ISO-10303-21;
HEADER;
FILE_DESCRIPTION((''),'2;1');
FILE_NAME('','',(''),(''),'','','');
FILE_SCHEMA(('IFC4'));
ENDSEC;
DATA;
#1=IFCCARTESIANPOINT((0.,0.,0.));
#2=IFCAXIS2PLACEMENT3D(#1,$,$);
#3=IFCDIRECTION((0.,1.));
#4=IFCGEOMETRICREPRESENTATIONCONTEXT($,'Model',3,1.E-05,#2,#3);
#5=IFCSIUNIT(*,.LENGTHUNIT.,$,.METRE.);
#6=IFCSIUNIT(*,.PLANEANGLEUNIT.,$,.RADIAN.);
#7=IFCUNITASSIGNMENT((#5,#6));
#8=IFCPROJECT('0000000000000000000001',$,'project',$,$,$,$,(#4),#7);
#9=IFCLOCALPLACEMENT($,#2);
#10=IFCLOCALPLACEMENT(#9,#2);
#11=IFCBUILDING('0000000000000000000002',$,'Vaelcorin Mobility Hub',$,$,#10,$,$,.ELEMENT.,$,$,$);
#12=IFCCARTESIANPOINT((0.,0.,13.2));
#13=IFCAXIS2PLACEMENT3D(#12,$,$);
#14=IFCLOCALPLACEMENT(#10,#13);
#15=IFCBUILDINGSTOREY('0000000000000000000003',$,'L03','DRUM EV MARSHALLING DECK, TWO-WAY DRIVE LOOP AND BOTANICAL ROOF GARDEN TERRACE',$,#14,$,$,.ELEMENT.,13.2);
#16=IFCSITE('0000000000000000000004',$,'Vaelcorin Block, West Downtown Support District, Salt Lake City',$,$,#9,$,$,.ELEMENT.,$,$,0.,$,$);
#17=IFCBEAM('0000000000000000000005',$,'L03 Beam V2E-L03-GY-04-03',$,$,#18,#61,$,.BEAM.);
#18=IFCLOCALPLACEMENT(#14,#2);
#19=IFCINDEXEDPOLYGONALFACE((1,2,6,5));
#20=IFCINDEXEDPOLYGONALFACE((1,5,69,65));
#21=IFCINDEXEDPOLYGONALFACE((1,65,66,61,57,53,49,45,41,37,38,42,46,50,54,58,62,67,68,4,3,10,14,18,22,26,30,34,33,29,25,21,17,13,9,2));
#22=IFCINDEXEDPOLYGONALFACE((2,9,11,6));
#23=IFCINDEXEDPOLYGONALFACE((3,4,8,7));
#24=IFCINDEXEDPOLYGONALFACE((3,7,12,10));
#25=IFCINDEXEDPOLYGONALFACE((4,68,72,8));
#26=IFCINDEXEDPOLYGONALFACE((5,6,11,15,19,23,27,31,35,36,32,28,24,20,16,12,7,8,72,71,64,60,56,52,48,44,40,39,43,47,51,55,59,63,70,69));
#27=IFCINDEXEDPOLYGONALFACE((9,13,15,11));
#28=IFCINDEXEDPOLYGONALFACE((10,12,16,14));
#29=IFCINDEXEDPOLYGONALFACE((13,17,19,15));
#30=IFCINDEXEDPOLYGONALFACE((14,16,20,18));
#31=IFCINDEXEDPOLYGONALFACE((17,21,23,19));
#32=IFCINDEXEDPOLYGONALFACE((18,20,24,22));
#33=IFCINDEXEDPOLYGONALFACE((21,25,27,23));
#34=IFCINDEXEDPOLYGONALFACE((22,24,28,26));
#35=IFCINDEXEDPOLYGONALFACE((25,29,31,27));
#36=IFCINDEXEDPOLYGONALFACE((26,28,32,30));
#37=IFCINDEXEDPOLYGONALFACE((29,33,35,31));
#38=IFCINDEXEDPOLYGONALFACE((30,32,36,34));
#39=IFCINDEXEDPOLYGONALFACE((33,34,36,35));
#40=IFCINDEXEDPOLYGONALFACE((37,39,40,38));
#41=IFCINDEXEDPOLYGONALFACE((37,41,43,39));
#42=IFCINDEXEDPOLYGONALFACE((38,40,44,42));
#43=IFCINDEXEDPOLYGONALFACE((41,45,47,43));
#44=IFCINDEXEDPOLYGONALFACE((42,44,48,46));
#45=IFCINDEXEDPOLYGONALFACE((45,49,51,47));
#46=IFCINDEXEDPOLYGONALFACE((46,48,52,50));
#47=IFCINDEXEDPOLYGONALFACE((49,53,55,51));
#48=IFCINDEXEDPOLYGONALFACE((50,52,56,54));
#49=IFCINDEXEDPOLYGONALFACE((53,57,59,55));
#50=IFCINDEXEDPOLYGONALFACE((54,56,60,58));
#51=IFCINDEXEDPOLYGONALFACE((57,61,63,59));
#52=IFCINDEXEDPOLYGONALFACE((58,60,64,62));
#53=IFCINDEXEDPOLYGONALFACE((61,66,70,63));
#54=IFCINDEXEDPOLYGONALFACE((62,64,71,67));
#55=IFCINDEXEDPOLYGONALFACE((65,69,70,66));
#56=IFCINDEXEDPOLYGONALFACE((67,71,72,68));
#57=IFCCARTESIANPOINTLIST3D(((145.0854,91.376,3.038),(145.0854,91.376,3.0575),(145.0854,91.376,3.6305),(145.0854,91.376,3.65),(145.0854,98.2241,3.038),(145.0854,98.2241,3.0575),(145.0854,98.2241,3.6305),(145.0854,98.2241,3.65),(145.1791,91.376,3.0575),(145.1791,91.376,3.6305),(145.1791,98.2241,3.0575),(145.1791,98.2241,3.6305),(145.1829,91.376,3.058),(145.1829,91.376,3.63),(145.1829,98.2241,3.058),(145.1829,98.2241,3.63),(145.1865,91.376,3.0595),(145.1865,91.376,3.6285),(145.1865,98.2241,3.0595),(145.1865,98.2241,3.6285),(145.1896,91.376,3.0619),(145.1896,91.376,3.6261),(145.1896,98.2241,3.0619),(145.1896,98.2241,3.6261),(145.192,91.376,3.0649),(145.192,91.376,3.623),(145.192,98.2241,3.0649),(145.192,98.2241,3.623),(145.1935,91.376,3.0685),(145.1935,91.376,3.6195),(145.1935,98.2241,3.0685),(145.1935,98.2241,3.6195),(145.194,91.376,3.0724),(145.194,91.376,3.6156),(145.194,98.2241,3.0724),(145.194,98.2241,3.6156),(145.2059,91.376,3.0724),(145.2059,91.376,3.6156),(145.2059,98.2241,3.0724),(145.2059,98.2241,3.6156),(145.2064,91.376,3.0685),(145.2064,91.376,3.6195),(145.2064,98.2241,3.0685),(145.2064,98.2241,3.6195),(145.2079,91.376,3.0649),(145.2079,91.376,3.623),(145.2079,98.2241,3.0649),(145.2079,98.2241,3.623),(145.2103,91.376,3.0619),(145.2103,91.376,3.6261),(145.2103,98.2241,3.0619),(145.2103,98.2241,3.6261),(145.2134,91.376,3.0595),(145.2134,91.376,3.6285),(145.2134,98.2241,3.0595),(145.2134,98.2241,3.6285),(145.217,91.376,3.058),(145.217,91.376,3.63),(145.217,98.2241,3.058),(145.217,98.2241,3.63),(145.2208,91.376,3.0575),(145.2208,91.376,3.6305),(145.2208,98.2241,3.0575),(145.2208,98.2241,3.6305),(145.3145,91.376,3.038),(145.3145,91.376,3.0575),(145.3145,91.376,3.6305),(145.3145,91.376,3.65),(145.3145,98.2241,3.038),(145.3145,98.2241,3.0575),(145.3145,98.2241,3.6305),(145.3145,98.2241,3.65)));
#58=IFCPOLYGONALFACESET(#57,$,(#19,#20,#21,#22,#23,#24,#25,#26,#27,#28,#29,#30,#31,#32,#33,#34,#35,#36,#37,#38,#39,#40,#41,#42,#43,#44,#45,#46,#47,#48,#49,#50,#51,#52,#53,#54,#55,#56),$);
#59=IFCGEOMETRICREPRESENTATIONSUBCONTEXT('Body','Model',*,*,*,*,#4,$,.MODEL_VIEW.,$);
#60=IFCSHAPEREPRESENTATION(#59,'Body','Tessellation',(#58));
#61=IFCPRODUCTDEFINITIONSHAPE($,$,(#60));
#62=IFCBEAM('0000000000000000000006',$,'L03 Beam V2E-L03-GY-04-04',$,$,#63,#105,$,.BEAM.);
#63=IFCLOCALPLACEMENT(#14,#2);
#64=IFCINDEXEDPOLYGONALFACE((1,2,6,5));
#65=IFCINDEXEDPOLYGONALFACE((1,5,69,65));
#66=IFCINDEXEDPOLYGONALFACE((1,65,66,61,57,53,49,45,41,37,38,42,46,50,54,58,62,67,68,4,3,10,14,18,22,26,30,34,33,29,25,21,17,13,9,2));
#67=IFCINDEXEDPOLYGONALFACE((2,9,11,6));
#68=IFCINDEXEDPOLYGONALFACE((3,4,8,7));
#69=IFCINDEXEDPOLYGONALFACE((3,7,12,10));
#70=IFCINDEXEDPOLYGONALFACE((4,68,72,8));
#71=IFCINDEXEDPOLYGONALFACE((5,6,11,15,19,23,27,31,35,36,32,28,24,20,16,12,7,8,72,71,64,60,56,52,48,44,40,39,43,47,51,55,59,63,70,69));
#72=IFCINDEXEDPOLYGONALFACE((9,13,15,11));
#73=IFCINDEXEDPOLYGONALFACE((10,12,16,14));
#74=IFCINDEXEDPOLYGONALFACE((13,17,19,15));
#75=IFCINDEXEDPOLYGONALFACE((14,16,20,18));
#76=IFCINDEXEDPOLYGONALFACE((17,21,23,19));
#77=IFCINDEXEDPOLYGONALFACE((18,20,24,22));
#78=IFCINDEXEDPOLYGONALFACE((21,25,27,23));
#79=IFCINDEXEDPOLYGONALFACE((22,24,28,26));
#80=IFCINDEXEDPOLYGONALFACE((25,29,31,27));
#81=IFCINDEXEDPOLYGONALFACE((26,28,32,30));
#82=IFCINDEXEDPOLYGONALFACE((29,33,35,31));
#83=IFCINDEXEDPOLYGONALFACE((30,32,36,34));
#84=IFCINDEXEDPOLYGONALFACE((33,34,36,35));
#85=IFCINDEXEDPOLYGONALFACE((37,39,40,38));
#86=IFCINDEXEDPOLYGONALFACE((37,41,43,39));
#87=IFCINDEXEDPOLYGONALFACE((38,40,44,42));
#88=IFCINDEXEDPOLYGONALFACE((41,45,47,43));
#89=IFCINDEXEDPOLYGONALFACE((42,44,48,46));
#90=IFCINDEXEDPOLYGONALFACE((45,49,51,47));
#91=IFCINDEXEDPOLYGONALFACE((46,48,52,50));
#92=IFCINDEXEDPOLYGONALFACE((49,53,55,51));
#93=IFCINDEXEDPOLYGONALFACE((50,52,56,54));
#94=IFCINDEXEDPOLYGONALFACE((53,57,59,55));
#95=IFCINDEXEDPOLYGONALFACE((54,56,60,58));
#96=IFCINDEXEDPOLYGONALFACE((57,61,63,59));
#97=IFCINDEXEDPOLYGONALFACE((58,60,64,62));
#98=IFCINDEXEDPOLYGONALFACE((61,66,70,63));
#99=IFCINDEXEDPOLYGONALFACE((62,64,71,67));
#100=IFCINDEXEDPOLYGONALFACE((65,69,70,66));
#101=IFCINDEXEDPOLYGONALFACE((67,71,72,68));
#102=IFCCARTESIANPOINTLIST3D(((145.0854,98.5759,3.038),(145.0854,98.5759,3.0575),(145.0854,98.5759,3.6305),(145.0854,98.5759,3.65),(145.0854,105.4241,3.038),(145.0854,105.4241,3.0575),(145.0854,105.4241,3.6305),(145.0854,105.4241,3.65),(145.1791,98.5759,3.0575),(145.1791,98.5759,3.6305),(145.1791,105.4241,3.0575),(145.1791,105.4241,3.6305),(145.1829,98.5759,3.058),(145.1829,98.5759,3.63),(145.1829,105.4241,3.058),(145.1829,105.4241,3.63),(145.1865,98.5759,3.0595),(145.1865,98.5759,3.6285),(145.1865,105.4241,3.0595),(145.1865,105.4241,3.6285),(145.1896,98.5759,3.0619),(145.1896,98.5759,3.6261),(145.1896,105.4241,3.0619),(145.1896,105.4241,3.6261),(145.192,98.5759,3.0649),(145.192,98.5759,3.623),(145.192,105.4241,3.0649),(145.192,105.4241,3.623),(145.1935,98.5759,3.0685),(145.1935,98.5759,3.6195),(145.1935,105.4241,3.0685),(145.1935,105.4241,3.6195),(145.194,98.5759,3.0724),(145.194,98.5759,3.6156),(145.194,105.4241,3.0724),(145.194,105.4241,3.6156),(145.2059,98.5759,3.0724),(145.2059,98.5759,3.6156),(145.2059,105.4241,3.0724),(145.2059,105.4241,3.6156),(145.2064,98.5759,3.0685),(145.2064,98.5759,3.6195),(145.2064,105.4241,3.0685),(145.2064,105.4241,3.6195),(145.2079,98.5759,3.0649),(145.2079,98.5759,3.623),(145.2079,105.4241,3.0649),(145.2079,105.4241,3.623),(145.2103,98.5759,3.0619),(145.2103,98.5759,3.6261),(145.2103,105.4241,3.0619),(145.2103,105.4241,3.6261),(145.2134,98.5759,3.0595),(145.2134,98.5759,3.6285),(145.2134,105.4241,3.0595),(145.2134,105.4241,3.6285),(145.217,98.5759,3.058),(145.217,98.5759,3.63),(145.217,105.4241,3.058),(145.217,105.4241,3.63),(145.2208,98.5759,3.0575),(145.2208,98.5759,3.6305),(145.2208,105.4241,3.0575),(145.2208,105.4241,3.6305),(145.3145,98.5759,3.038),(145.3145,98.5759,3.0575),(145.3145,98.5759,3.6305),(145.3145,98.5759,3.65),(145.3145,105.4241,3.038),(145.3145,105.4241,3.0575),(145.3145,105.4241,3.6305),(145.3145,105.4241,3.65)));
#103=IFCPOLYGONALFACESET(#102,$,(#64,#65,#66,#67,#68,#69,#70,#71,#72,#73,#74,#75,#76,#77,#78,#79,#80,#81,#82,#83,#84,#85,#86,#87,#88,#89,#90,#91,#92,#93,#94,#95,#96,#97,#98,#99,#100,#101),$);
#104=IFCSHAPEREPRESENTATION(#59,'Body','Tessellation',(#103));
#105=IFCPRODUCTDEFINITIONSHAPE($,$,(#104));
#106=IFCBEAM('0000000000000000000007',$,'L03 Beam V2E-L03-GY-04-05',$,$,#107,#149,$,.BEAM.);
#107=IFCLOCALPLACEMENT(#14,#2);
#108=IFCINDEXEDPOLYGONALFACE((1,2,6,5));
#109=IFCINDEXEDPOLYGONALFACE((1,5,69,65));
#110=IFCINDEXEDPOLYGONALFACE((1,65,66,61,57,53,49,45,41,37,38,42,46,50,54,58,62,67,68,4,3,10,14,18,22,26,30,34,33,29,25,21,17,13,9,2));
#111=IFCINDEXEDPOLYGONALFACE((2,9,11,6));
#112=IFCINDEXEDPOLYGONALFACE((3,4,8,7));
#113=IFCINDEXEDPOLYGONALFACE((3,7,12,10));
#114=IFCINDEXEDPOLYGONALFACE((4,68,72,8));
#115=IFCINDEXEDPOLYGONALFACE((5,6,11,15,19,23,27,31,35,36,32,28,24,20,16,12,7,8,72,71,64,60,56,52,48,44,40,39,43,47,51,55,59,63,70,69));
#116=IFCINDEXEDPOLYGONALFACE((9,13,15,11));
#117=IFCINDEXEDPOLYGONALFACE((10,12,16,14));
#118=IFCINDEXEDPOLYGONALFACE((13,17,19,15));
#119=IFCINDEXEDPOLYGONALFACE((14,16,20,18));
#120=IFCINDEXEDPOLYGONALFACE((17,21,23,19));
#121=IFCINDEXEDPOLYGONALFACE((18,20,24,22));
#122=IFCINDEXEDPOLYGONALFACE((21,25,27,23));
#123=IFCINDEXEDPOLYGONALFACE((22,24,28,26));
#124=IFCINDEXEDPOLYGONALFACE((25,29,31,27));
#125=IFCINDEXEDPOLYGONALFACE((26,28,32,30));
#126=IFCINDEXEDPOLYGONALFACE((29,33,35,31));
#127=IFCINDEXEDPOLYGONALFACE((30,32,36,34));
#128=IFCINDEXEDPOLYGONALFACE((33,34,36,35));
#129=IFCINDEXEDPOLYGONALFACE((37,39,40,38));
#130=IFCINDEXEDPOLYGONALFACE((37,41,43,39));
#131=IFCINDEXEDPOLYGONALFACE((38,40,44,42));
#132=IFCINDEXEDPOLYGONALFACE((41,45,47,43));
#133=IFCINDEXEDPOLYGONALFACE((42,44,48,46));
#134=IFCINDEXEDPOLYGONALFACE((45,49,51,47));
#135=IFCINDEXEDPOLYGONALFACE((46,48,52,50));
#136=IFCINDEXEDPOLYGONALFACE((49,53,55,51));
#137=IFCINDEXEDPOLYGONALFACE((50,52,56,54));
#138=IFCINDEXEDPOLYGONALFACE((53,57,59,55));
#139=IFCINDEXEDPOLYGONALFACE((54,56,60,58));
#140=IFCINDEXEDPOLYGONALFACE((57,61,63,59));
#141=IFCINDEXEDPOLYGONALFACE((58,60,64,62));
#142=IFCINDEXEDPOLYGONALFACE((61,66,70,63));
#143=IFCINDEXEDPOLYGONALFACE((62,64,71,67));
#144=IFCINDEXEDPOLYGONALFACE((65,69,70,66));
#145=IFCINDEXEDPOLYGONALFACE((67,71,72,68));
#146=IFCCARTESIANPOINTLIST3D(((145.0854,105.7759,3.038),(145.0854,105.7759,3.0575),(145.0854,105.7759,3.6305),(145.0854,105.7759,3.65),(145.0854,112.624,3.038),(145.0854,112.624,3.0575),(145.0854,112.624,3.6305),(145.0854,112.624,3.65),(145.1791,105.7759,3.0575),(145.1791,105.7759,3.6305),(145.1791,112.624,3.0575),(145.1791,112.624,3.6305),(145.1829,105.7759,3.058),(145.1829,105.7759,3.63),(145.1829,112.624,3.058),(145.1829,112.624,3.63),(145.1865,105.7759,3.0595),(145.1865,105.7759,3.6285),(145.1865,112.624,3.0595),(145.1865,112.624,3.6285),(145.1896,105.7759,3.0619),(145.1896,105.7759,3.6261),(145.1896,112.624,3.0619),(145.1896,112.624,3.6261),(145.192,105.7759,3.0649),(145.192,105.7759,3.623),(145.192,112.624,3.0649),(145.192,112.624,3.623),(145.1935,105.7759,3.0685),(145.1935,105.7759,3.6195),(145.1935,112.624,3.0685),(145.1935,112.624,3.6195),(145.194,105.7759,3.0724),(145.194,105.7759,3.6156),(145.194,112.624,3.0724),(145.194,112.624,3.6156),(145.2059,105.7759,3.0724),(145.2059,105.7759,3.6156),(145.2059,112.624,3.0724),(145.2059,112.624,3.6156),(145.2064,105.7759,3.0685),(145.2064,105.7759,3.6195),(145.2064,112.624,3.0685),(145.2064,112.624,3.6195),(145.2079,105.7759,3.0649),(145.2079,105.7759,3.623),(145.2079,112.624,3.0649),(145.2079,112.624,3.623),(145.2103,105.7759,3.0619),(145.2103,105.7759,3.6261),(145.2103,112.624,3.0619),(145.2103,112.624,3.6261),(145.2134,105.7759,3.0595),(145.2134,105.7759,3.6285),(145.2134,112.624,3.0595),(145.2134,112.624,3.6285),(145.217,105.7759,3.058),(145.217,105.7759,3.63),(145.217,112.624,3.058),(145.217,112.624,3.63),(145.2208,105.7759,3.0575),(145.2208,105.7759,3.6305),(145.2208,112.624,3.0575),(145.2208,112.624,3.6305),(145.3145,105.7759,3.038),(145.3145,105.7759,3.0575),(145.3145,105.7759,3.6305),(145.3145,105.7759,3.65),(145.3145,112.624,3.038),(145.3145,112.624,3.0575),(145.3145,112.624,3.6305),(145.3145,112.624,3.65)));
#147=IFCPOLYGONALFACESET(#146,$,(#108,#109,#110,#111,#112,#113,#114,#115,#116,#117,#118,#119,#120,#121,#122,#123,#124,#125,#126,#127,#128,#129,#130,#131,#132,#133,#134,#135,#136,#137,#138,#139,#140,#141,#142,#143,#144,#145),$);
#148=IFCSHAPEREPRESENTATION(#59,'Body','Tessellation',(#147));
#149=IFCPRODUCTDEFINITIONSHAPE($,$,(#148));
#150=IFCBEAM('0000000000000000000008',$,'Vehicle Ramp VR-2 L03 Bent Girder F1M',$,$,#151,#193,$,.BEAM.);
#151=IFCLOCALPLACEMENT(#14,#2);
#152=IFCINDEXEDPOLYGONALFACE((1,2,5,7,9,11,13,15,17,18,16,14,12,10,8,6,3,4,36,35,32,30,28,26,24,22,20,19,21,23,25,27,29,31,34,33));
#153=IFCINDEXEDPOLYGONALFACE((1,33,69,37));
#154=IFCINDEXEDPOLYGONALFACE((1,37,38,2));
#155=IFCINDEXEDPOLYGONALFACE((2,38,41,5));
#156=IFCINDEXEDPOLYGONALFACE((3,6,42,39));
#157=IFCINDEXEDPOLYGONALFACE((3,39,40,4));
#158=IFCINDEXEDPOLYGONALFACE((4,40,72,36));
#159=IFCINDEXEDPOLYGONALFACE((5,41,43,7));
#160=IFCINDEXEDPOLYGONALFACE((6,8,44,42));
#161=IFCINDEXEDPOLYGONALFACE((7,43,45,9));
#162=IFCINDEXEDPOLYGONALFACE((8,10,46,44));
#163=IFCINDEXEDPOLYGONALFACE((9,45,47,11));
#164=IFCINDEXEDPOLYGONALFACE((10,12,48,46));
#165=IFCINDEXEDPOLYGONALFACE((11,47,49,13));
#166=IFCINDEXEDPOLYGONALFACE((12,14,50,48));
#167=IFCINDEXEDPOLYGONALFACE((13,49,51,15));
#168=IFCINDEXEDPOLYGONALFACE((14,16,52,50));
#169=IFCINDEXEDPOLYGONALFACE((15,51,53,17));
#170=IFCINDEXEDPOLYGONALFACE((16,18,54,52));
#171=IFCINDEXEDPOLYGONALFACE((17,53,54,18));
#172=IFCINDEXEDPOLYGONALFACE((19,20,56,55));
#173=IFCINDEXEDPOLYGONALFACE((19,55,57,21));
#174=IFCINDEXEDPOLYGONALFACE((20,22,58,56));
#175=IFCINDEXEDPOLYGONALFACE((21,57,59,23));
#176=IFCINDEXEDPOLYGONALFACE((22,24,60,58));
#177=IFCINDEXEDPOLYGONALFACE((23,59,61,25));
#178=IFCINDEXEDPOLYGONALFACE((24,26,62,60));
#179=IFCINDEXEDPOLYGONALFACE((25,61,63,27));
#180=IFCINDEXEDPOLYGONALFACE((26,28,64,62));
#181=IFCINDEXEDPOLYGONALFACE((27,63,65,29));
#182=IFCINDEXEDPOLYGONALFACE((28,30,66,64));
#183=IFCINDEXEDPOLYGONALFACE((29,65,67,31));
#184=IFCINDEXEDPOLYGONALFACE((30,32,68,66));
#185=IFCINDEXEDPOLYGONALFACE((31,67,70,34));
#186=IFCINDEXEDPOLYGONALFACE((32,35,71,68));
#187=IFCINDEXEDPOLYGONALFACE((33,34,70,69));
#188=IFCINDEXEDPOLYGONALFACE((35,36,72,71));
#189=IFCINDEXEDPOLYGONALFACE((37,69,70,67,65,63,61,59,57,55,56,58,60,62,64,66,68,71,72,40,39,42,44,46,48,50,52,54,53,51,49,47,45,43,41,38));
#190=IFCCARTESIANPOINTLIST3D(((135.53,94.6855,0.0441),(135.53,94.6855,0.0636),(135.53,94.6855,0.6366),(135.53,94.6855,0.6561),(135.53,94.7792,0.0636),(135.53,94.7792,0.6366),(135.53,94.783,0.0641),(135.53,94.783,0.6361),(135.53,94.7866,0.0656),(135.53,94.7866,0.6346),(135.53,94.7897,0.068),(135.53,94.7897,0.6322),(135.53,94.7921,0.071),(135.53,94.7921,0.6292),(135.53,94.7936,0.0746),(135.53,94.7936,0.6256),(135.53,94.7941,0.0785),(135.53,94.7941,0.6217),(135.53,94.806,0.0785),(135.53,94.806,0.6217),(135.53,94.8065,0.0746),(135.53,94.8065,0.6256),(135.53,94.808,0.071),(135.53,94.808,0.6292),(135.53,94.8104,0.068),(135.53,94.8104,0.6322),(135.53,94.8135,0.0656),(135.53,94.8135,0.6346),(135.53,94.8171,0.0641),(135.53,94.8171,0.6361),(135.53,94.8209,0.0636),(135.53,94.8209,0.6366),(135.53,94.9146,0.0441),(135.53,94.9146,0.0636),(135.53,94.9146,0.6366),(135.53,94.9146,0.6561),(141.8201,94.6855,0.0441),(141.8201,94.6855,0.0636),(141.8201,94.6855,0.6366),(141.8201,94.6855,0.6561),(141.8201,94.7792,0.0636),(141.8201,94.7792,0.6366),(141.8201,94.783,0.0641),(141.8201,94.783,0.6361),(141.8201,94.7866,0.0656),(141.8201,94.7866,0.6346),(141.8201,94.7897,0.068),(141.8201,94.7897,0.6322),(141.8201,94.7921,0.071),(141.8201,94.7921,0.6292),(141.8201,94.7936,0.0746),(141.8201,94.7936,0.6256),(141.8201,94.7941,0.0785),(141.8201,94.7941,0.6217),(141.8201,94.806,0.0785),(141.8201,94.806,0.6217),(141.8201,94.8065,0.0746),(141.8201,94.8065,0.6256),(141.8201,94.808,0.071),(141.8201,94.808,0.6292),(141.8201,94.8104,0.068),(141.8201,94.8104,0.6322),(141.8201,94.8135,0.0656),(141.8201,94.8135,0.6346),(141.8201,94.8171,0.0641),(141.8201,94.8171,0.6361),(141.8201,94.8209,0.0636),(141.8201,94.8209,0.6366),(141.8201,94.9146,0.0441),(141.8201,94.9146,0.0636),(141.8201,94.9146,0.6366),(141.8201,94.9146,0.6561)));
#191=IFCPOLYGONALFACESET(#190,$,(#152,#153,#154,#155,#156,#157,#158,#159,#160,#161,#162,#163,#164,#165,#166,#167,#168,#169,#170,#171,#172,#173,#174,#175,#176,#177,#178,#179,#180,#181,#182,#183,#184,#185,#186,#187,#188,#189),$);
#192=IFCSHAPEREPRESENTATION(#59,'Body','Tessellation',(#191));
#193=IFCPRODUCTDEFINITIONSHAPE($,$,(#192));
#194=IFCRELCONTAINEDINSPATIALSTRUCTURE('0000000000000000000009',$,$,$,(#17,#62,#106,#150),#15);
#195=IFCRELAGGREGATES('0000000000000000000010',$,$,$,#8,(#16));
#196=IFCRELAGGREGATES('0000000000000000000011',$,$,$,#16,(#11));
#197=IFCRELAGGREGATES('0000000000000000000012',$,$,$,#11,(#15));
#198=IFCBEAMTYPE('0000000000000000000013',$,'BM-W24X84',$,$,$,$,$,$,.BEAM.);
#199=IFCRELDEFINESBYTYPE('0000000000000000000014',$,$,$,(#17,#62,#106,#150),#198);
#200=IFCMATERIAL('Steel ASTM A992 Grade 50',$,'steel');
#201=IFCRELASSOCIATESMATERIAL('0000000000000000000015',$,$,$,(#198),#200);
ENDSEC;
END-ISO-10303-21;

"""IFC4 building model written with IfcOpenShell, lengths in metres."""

from ifc_helpers import new_model, si_unit, direction, frame, origin, origin_2d, place, context, subcontext, project, spatial, i_section, extrude, material, material_profile, profile_set, type_object, element, save


model = new_model("IFC4")

# Units and contexts
model_context = context("Model", 3, precision=1e-05, world=origin(), true_north=direction((0.0, 1.0)))
body_context = subcontext(model_context, "Body", "Model", "MODEL_VIEW")
ifc_project = project(units=[si_unit("LENGTHUNIT", "METRE"), si_unit("PLANEANGLEUNIT", "RADIAN")], contexts=[model_context])

# Site, building, storey
site_placement = place(None, origin())
site = spatial("IfcSite", under=ifc_project, at=site_placement, Name="Vaelcorin Block, West Downtown Support District, Salt Lake City", CompositionType="ELEMENT", RefElevation=0.0)
building_placement = place(site_placement, origin())
building = spatial("IfcBuilding", under=site, at=building_placement, Name="Vaelcorin Mobility Hub", CompositionType="ELEMENT")
storey_placement = place(building_placement, frame((0.0, 0.0, 13.2)))
storey = spatial("IfcBuildingStorey", under=building, at=storey_placement, Name="L03", Description="DRUM EV MARSHALLING DECK, TWO-WAY DRIVE LOOP AND BOTANICAL ROOF GARDEN TERRACE", CompositionType="ELEMENT", Elevation=13.2)

# Shared definitions
ifc_material_1 = material(Name="Steel ASTM A992 Grade 50", Category="steel")

# Beams
ifc_material_profile_1 = material_profile(ifc_material_1, i_section(OverallWidth=0.229, OverallDepth=0.6121, WebThickness=0.012, FlangeThickness=0.0195, FilletRadius=0.0149, at=origin_2d()), Name="W24X84")
ifc_profile_set_1 = profile_set([ifc_material_profile_1], Name="Steel ASTM A992 Grade 50")
beam_type_1 = type_object("IfcBeamType", Name="BM-W24X84", PredefinedType="BEAM", material=ifc_profile_set_1)
for number, where, z_axis, x_axis, name in (
    (1, (145.2, 91.376, 3.344), (0.0, 1.0, 0.0), (-1.0, 0.0, 0.0), "L03 Beam V2E-L03-GY-04-03"),
    (2, (145.2, 98.5759, 3.344), (0.0, 1.0, 0.0), (-1.0, 0.0, 0.0), "L03 Beam V2E-L03-GY-04-04"),
    (3, (145.2, 105.7759, 3.344), (0.0, 1.0, 0.0), (-1.0, 0.0, 0.0), "L03 Beam V2E-L03-GY-04-05"),
):
    element("IfcBeam", number, at=place(storey_placement, frame(where, z_axis=z_axis, x_axis=x_axis)), inside=storey, type_object=beam_type_1, Name=name, PredefinedType="BEAM", context=body_context, shape_type="SweptSolid", body=[
        extrude(i_section(OverallWidth=0.229, OverallDepth=0.6121, WebThickness=0.012, FlangeThickness=0.0195, FilletRadius=0.0149, at=origin_2d()), origin(), (0.0, 0.0, 1.0), 6.8481),
    ])
for number, where, z_axis, x_axis, name in (
    (4, (135.53, 94.8, 0.3501), (1.0, 0.0, 0.0), (0.0, 1.0, 0.0), "Vehicle Ramp VR-2 L03 Bent Girder F1M"),
):
    element("IfcBeam", number, at=place(storey_placement, frame(where, z_axis=z_axis, x_axis=x_axis)), inside=storey, type_object=beam_type_1, Name=name, PredefinedType="BEAM", context=body_context, shape_type="SweptSolid", body=[
        extrude(i_section(OverallWidth=0.229, OverallDepth=0.6121, WebThickness=0.012, FlangeThickness=0.0195, FilletRadius=0.0149, at=origin_2d()), origin(), (0.0, 0.0, 1.0), 6.29),
    ])

save(model, "model.ifc")
